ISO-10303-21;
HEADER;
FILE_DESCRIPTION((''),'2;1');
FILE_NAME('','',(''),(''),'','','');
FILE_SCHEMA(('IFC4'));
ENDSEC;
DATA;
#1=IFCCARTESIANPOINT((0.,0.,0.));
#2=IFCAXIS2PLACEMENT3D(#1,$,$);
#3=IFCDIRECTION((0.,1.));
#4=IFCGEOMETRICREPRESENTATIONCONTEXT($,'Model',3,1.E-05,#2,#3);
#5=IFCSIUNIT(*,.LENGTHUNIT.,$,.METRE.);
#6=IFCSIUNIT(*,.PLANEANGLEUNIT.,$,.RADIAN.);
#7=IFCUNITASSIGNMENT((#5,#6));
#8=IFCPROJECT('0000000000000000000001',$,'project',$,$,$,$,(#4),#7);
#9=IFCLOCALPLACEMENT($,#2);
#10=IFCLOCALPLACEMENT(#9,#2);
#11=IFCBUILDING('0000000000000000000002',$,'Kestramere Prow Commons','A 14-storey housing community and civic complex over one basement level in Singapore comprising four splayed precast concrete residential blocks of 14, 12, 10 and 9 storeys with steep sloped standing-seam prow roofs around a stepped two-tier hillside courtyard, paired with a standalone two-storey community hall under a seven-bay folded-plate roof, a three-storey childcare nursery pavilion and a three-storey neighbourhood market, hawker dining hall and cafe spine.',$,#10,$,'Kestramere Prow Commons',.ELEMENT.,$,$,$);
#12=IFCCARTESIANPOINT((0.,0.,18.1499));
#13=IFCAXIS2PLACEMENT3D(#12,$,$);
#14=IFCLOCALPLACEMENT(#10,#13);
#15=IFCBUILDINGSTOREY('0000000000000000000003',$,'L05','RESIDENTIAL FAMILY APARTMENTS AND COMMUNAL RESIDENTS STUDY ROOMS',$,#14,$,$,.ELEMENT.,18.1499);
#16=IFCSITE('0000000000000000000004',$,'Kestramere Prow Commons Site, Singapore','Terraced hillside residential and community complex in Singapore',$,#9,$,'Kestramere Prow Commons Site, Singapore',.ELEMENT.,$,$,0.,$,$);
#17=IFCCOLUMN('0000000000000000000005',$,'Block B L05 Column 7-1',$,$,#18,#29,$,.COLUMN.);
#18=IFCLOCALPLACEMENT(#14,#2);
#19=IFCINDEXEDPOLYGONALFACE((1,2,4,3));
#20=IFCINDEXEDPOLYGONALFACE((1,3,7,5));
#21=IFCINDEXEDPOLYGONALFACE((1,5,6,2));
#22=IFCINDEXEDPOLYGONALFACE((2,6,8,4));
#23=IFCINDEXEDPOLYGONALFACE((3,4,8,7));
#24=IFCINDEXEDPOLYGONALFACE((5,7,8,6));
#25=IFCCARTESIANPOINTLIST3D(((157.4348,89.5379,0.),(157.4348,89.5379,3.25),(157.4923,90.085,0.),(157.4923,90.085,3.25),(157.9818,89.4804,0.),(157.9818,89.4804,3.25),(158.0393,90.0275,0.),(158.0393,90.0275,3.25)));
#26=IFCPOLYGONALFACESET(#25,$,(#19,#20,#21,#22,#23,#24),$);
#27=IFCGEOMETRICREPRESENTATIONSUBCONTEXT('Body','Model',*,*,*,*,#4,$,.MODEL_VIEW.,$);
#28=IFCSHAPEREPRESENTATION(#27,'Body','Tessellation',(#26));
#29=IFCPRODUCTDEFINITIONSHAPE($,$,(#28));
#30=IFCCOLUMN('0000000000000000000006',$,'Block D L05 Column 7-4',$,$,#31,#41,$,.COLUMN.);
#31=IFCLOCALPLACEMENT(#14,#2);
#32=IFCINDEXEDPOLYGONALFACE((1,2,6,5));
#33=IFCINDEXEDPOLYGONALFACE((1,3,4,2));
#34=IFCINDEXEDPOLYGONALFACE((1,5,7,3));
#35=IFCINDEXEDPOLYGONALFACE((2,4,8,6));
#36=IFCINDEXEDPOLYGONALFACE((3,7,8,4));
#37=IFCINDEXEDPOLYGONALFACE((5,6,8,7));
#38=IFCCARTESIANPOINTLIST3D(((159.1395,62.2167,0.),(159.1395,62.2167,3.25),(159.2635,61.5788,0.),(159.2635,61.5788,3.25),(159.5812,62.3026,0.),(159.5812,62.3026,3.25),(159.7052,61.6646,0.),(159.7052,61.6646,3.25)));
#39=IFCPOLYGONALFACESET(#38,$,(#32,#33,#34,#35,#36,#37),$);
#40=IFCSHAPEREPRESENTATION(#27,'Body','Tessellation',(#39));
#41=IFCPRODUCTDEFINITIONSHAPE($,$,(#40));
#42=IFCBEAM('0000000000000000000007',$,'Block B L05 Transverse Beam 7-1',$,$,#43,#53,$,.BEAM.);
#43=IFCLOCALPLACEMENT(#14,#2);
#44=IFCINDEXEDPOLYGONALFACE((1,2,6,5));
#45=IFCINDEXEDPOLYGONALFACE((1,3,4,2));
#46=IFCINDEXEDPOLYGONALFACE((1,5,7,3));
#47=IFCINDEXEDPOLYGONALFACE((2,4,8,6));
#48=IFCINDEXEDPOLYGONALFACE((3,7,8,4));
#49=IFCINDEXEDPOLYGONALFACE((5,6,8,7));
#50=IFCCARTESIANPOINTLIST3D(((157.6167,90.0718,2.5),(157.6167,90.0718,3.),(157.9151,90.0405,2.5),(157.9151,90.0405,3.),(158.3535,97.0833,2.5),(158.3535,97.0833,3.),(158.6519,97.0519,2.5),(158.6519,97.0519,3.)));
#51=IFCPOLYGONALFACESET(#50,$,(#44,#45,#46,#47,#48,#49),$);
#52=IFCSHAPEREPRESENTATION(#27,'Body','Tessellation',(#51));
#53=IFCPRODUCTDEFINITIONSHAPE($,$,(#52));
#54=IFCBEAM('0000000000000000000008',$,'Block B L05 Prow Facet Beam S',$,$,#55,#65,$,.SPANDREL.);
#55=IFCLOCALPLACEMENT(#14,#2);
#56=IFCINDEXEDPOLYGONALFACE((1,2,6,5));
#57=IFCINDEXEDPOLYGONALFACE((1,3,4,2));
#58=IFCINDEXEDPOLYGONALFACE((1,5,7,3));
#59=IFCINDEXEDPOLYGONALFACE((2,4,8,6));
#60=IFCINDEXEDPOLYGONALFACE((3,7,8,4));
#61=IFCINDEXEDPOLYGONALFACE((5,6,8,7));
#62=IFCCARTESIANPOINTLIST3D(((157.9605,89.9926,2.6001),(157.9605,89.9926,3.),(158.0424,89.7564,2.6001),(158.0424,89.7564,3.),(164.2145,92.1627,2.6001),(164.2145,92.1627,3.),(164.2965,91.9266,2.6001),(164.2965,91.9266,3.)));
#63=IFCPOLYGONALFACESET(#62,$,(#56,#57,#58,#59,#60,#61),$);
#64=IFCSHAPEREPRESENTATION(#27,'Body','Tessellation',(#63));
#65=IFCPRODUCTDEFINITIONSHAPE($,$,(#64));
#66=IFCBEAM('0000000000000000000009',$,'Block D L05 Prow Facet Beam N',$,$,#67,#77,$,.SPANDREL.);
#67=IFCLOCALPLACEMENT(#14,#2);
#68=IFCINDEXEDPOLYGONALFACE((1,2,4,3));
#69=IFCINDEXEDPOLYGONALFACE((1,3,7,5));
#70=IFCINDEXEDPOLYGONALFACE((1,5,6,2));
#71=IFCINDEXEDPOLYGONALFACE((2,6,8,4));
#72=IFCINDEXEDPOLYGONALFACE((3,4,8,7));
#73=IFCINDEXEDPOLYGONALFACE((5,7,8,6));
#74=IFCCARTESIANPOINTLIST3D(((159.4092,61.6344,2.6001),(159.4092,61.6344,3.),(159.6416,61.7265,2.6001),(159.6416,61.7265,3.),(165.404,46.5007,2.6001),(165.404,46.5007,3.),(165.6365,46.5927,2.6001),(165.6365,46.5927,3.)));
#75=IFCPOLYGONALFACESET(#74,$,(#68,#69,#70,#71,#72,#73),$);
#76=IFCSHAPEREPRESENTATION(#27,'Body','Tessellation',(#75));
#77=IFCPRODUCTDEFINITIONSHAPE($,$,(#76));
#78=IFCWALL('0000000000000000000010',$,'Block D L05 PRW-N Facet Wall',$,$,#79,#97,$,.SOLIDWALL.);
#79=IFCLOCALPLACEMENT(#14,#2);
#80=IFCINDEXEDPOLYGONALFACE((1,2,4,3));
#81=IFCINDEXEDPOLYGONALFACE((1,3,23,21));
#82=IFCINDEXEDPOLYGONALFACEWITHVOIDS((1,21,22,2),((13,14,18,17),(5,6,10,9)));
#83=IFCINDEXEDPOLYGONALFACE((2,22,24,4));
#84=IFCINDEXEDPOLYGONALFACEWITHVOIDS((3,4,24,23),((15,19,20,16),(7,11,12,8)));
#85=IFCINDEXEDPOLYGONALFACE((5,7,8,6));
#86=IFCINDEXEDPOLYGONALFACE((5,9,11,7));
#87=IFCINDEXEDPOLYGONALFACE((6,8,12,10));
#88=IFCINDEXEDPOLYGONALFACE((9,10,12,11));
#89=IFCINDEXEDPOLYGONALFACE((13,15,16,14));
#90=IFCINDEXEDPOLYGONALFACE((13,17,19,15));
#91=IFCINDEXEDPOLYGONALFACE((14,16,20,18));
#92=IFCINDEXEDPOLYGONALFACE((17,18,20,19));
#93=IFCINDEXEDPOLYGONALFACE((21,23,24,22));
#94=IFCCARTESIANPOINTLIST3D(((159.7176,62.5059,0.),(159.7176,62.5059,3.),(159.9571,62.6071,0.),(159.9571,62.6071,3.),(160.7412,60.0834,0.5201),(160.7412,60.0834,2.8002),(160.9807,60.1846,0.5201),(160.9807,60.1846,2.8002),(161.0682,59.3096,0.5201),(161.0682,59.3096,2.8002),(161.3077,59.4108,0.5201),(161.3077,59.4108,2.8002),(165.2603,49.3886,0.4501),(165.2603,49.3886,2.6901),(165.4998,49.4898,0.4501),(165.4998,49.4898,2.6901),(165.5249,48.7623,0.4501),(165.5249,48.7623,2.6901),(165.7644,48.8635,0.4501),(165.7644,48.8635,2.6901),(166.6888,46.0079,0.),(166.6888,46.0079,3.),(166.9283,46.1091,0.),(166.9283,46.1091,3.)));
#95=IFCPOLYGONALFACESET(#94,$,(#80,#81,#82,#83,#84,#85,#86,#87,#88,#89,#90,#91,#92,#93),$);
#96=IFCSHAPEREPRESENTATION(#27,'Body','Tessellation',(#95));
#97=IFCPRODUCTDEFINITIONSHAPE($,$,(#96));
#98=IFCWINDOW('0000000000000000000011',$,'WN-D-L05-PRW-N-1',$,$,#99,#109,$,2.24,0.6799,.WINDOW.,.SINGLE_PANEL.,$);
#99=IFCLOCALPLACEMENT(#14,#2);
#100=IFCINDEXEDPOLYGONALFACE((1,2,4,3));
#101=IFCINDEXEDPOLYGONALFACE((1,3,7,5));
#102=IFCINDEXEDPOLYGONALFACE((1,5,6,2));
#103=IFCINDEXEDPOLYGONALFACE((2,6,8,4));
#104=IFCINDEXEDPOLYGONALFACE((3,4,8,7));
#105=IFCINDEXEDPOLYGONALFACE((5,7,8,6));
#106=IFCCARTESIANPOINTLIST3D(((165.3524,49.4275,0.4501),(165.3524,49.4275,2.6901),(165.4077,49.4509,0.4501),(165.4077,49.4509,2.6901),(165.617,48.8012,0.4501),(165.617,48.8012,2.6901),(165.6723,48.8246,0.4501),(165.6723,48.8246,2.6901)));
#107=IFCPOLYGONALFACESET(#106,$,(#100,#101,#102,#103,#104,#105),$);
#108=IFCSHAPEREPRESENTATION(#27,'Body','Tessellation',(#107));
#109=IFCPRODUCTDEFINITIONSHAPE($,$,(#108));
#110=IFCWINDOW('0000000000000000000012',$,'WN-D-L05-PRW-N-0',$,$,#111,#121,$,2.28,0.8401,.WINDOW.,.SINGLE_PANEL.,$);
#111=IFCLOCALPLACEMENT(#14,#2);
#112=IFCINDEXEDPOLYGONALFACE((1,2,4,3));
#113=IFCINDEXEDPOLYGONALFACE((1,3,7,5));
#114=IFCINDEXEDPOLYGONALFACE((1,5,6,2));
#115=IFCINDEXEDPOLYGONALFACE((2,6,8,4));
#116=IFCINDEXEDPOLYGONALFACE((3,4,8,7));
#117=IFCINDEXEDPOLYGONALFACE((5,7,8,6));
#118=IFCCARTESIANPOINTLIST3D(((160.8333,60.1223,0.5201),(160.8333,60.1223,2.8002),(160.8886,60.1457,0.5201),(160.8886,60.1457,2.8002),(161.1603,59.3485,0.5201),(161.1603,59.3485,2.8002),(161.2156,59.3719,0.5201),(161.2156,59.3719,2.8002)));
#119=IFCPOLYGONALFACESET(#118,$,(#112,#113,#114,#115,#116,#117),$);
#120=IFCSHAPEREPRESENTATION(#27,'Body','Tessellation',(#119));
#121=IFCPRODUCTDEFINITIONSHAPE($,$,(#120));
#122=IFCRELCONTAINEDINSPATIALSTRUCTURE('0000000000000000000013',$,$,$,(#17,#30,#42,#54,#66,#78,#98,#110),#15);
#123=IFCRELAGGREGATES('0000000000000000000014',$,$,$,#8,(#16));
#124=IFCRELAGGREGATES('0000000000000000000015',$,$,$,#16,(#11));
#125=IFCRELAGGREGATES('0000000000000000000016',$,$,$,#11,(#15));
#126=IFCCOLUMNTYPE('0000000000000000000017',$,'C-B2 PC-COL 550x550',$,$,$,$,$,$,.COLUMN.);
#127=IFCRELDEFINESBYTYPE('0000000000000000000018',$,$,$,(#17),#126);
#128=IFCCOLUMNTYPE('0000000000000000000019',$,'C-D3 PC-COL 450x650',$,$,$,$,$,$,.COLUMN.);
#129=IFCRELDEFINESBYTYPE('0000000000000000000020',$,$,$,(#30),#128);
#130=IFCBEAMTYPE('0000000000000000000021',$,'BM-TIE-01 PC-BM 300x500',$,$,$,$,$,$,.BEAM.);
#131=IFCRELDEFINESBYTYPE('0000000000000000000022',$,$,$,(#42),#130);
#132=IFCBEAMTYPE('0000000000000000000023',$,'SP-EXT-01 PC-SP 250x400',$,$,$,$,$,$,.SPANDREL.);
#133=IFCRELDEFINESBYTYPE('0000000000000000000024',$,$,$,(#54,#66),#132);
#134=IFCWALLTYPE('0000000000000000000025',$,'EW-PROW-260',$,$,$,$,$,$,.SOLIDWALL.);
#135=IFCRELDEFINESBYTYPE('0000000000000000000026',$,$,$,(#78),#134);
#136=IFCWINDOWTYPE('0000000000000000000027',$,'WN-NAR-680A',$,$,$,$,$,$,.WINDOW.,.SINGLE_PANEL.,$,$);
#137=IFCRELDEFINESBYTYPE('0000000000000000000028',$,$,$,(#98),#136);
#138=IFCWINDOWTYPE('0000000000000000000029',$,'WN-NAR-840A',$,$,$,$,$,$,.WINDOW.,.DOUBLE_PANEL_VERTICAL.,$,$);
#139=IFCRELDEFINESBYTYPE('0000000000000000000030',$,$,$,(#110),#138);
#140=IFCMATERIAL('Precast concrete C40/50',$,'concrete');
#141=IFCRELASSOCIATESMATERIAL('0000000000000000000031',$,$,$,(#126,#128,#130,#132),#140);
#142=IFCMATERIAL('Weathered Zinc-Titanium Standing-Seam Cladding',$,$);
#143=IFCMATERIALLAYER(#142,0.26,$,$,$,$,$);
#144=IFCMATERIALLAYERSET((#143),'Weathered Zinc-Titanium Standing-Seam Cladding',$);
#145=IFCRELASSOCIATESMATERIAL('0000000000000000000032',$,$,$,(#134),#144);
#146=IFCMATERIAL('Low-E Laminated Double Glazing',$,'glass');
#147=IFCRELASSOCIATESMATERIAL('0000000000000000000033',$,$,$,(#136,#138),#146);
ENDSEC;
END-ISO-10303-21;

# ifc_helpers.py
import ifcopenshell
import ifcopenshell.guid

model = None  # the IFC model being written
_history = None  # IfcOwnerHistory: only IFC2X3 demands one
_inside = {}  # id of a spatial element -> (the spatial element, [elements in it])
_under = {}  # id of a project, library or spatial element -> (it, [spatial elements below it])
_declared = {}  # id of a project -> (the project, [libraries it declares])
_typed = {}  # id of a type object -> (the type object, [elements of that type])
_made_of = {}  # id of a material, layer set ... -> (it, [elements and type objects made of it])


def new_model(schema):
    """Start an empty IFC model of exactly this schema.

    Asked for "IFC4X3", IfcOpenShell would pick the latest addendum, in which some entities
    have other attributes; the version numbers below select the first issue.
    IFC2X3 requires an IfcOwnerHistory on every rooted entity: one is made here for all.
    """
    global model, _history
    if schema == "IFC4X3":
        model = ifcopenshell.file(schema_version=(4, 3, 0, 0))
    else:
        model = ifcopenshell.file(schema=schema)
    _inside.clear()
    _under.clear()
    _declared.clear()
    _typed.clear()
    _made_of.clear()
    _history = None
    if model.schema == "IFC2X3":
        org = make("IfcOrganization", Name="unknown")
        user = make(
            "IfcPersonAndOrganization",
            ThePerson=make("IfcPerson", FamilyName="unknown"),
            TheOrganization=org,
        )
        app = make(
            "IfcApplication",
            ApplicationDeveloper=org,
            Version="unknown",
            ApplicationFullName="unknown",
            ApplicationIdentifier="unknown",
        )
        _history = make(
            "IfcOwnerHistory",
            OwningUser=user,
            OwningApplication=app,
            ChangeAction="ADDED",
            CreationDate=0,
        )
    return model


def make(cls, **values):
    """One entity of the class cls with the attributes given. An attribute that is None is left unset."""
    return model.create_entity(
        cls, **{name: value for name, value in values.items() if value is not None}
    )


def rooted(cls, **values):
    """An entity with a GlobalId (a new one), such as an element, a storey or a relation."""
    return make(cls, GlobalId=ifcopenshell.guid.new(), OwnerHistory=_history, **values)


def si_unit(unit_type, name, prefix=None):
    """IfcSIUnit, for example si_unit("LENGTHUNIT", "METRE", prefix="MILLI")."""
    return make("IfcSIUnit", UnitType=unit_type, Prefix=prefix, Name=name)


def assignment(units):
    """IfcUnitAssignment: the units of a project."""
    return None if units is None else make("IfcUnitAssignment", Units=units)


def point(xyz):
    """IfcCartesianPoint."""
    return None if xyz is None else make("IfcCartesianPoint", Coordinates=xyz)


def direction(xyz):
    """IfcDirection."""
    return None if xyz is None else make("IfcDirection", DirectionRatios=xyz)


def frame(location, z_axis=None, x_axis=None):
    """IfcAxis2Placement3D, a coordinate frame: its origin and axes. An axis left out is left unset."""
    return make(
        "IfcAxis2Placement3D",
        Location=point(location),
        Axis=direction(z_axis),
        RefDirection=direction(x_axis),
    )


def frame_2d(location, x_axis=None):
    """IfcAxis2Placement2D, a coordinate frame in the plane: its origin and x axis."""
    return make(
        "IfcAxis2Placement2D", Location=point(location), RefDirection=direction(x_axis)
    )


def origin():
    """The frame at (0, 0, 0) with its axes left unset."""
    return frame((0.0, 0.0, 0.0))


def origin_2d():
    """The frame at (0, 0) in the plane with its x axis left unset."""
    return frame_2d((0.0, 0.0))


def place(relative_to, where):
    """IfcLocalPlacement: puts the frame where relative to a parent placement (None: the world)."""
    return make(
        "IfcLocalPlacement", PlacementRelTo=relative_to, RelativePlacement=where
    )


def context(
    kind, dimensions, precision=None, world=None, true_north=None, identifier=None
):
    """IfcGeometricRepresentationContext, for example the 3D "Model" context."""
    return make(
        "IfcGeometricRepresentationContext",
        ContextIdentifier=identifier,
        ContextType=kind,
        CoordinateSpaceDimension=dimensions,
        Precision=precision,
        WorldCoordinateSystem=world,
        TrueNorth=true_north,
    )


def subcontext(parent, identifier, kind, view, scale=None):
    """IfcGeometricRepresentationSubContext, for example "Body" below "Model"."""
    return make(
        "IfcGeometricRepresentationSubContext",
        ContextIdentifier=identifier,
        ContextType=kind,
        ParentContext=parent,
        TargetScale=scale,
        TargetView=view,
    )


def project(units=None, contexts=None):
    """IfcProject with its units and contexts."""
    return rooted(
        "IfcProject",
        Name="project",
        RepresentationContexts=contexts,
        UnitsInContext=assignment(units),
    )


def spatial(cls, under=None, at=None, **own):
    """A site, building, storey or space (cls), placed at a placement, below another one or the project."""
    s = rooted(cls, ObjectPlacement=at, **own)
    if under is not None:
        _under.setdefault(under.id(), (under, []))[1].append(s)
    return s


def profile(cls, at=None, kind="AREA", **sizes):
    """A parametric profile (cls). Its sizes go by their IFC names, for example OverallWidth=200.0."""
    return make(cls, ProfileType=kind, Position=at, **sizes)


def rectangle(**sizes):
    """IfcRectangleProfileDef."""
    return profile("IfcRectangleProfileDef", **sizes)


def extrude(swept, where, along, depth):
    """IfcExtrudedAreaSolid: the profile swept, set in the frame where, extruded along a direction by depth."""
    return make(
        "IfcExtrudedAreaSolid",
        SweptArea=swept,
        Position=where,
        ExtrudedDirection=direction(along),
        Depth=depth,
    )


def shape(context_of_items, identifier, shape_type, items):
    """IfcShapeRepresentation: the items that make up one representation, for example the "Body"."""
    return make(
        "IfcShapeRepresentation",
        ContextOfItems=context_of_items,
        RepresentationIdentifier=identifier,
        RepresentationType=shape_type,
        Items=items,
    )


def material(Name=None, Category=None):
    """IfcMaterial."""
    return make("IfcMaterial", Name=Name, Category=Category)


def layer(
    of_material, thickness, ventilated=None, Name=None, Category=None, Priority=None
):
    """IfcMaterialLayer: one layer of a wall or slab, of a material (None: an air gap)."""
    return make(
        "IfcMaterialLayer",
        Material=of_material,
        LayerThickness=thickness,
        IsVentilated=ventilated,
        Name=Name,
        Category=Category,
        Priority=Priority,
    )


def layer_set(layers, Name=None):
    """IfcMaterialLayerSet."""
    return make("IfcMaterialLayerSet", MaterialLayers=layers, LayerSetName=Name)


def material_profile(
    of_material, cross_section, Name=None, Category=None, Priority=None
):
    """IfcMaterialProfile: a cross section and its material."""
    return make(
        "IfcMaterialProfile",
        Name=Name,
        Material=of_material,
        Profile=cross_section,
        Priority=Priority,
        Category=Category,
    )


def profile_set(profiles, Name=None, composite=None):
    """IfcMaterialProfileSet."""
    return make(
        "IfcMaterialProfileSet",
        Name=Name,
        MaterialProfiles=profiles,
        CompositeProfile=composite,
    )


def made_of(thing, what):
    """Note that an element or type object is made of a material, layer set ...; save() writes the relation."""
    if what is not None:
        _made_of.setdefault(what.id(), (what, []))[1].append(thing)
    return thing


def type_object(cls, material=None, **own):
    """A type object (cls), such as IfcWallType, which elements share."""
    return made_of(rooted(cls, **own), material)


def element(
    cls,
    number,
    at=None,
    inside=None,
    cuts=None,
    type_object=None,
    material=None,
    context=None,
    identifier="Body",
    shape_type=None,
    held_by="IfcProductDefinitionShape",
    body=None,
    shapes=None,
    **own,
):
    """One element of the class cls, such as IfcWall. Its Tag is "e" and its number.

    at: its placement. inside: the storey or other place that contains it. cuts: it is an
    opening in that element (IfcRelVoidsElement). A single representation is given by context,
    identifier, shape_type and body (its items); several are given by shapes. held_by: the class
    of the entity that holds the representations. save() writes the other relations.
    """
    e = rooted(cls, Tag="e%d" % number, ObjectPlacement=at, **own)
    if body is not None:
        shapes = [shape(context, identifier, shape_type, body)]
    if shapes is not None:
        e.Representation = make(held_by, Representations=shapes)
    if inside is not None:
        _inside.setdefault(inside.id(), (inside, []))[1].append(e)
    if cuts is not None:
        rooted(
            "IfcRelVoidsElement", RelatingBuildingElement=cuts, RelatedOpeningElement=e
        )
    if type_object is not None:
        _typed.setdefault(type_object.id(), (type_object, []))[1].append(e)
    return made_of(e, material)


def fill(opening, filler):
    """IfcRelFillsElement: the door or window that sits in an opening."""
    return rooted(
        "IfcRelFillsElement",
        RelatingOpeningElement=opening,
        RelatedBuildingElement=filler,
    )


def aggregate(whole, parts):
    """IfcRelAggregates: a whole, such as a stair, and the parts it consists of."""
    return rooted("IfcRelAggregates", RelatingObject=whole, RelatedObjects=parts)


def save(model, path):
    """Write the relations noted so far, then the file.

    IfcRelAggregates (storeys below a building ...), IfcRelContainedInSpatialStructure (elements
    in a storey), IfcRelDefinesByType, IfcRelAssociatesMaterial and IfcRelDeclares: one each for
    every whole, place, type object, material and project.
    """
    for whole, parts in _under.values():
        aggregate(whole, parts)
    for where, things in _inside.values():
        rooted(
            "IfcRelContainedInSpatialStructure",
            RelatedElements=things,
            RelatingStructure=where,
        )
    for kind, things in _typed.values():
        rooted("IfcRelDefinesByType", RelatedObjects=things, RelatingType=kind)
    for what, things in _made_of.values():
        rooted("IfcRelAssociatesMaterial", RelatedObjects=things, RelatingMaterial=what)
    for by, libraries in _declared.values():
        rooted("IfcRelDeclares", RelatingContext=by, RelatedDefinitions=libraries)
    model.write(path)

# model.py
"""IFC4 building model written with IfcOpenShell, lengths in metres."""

from ifc_helpers import new_model, si_unit, direction, frame, frame_2d, origin, origin_2d, place, context, subcontext, project, spatial, rectangle, extrude, material, layer, layer_set, material_profile, profile_set, type_object, element, fill, save


model = new_model("IFC4")

# Units and contexts
model_context = context("Model", 3, precision=1e-05, world=origin(), true_north=direction((0.0, 1.0)))
body_context = subcontext(model_context, "Body", "Model", "MODEL_VIEW")
ifc_project = project(units=[si_unit("LENGTHUNIT", "METRE"), si_unit("PLANEANGLEUNIT", "RADIAN")], contexts=[model_context])

# Site, building, storey
site_placement = place(None, origin())
site = spatial("IfcSite", under=ifc_project, at=site_placement, Name="Kestramere Prow Commons Site, Singapore", Description="Terraced hillside residential and community complex in Singapore", LongName="Kestramere Prow Commons Site, Singapore", CompositionType="ELEMENT", RefElevation=0.0)
building_placement = place(site_placement, origin())
building = spatial("IfcBuilding", under=site, at=building_placement, Name="Kestramere Prow Commons", Description="A 14-storey housing community and civic complex over one basement level in Singapore comprising four splayed precast concrete residential blocks of 14, 12, 10 and 9 storeys with steep sloped standing-seam prow roofs around a stepped two-tier hillside courtyard, paired with a standalone two-storey community hall under a seven-bay folded-plate roof, a three-storey childcare nursery pavilion and a three-storey neighbourhood market, hawker dining hall and cafe spine.", LongName="Kestramere Prow Commons", CompositionType="ELEMENT")
storey_placement = place(building_placement, frame((0.0, 0.0, 18.1499)))
storey = spatial("IfcBuildingStorey", under=building, at=storey_placement, Name="L05", Description="RESIDENTIAL FAMILY APARTMENTS AND COMMUNAL RESIDENTS STUDY ROOMS", CompositionType="ELEMENT", Elevation=18.1499)

# Columns
ifc_material_1 = material(Name="Precast concrete C40/50", Category="concrete")
ifc_material_profile_1 = material_profile(ifc_material_1, rectangle(XDim=0.55, YDim=0.55, at=origin_2d()), Name="PC-COL 550x550")
ifc_profile_set_1 = profile_set([ifc_material_profile_1], Name="Precast concrete C40/50")
column_type_1 = type_object("IfcColumnType", Name="C-B2 PC-COL 550x550", PredefinedType="COLUMN", material=ifc_profile_set_1)
column_1_placement = place(storey_placement, frame((157.7371, 89.7827, 0.0), z_axis=(0.0, 0.0, 1.0), x_axis=(0.994522, -0.104528, 0.0)))
element("IfcColumn", 1, at=column_1_placement, inside=storey, type_object=column_type_1, Name="Block B L05 Column 7-1", PredefinedType="COLUMN", context=body_context, shape_type="SweptSolid", body=[
    extrude(rectangle(XDim=0.55, YDim=0.55, at=origin_2d()), origin(), (0.0, 0.0, 1.0), 3.25),
])
ifc_material_profile_2 = material_profile(ifc_material_1, rectangle(XDim=0.45, YDim=0.6499, at=origin_2d()), Name="PC-COL 450x650")
ifc_profile_set_2 = profile_set([ifc_material_profile_2], Name="Precast concrete C40/50")
column_type_2 = type_object("IfcColumnType", Name="C-D3 PC-COL 450x650", PredefinedType="COLUMN", material=ifc_profile_set_2)
column_2_placement = place(storey_placement, frame((159.4224, 61.9407, 0.0), z_axis=(0.0, 0.0, 1.0), x_axis=(0.981627, 0.190809, 0.0)))
element("IfcColumn", 2, at=column_2_placement, inside=storey, type_object=column_type_2, Name="Block D L05 Column 7-4", PredefinedType="COLUMN", context=body_context, shape_type="SweptSolid", body=[
    extrude(rectangle(XDim=0.45, YDim=0.6499, at=origin_2d()), origin(), (0.0, 0.0, 1.0), 3.25),
])

# Beams
ifc_material_profile_3 = material_profile(ifc_material_1, rectangle(XDim=0.3, YDim=0.5, at=origin_2d()), Name="PC-BM 300x500")
ifc_profile_set_3 = profile_set([ifc_material_profile_3], Name="Precast concrete C40/50")
beam_type_1 = type_object("IfcBeamType", Name="BM-TIE-01 PC-BM 300x500", PredefinedType="BEAM", material=ifc_profile_set_3)
beam_1_placement = place(storey_placement, frame((157.7659, 90.0562, 2.75), z_axis=(0.104512, 0.994524, 0.0), x_axis=(-0.994524, 0.104512, 0.0)))
element("IfcBeam", 3, at=beam_1_placement, inside=storey, type_object=beam_type_1, Name="Block B L05 Transverse Beam 7-1", PredefinedType="BEAM", context=body_context, shape_type="SweptSolid", body=[
    extrude(rectangle(XDim=0.3, YDim=0.5, at=origin_2d()), origin(), (0.0, 0.0, 1.0), 7.05),
])
ifc_material_profile_4 = material_profile(ifc_material_1, rectangle(XDim=0.25, YDim=0.3999, at=origin_2d()), Name="PC-SP 250x400")
ifc_profile_set_4 = profile_set([ifc_material_profile_4], Name="Precast concrete C40/50")
beam_type_2 = type_object("IfcBeamType", Name="SP-EXT-01 PC-SP 250x400", PredefinedType="SPANDREL", material=ifc_profile_set_4)
beam_2_placement = place(storey_placement, frame((158.0015, 89.8745, 2.8), z_axis=(0.94474, 0.327821, 0.0), x_axis=(-0.327821, 0.94474, 0.0)))
element("IfcBeam", 4, at=beam_2_placement, inside=storey, type_object=beam_type_2, Name="Block B L05 Prow Facet Beam S", PredefinedType="SPANDREL", context=body_context, shape_type="SweptSolid", body=[
    extrude(rectangle(XDim=0.25, YDim=0.3999, at=origin_2d()), origin(), (0.0, 0.0, 1.0), 6.6199),
])
beam_3_placement = place(storey_placement, frame((159.5254, 61.6804, 2.8), z_axis=(0.368283, -0.929714, 0.0), x_axis=(0.929714, 0.368283, 0.0)))
element("IfcBeam", 5, at=beam_3_placement, inside=storey, type_object=beam_type_2, Name="Block D L05 Prow Facet Beam N", PredefinedType="SPANDREL", context=body_context, shape_type="SweptSolid", body=[
    extrude(rectangle(XDim=0.25, YDim=0.3999, at=origin_2d()), origin(), (0.0, 0.0, 1.0), 16.2778),
])

# Wall, openings, windows
ifc_material_2 = material(Name="Weathered Zinc-Titanium Standing-Seam Cladding")
ifc_layer_1 = layer(ifc_material_2, 0.26)
ifc_layer_set_1 = layer_set([ifc_layer_1], Name="Weathered Zinc-Titanium Standing-Seam Cladding")
wall_type_1 = type_object("IfcWallType", Name="EW-PROW-260", PredefinedType="SOLIDWALL", material=ifc_layer_set_1)
wall_1_placement = place(storey_placement, frame((159.8374, 62.5564, 0.0), z_axis=(0.0, 0.0, 1.0), x_axis=(0.389226, -0.921142, 0.0)))
wall_1 = element("IfcWall", 6, at=wall_1_placement, inside=storey, type_object=wall_type_1, Name="Block D L05 PRW-N Facet Wall", PredefinedType="SOLIDWALL", context=body_context, shape_type="SweptSolid", body=[
    extrude(rectangle(XDim=17.9104, YDim=0.26, at=frame_2d((8.9551, 0.0))), origin(), (0.0, 0.0, 1.0), 3.0),
])
opening_1_placement = place(wall_1_placement, frame((2.6299, 0.0, 0.52)))
opening_1 = element("IfcOpeningElement", 7, at=opening_1_placement, cuts=wall_1, PredefinedType="OPENING", context=body_context, shape_type="SweptSolid", body=[
    extrude(rectangle(XDim=0.8401, YDim=2.28, at=frame_2d((0.4199, 1.1401))), frame((0.0, 0.145, 0.0), z_axis=(0.0, -1.0, 0.0), x_axis=(1.0, 0.0, 0.0)), (0.0, 0.0, 1.0), 0.29),
])
opening_2_placement = place(wall_1_placement, frame((14.2402, 0.0, 0.45)))
opening_2 = element("IfcOpeningElement", 8, at=opening_2_placement, cuts=wall_1, PredefinedType="OPENING", context=body_context, shape_type="SweptSolid", body=[
    extrude(rectangle(XDim=0.6799, YDim=2.24, at=frame_2d((0.3398, 1.1201))), frame((0.0, 0.145, 0.0), z_axis=(0.0, -1.0, 0.0), x_axis=(1.0, 0.0, 0.0)), (0.0, 0.0, 1.0), 0.29),
])
ifc_material_3 = material(Name="Low-E Laminated Double Glazing", Category="glass")
window_type_1 = type_object("IfcWindowType", Name="WN-NAR-680A", PartitioningType="SINGLE_PANEL", PredefinedType="WINDOW", material=ifc_material_3)
window_1_placement = place(opening_2_placement, origin())
window_1 = element("IfcWindow", 9, at=window_1_placement, inside=storey, type_object=window_type_1, Name="WN-D-L05-PRW-N-1", OverallHeight=2.24, OverallWidth=0.6799, PartitioningType="SINGLE_PANEL", PredefinedType="WINDOW", context=body_context, shape_type="SweptSolid", body=[
    extrude(rectangle(XDim=0.6799, YDim=2.24, at=frame_2d((0.3398, 1.1201))), frame((0.0, 0.03, 0.0), z_axis=(0.0, -1.0, 0.0), x_axis=(1.0, 0.0, 0.0)), (0.0, 0.0, 1.0), 0.0601),
])
fill(opening_2, window_1)
window_type_2 = type_object("IfcWindowType", Name="WN-NAR-840A", PartitioningType="DOUBLE_PANEL_VERTICAL", PredefinedType="WINDOW", material=ifc_material_3)
window_2_placement = place(opening_1_placement, origin())
window_2 = element("IfcWindow", 10, at=window_2_placement, inside=storey, type_object=window_type_2, Name="WN-D-L05-PRW-N-0", OverallHeight=2.28, OverallWidth=0.8401, PartitioningType="SINGLE_PANEL", PredefinedType="WINDOW", context=body_context, shape_type="SweptSolid", body=[
    extrude(rectangle(XDim=0.8401, YDim=2.28, at=frame_2d((0.4199, 1.1401))), frame((0.0, 0.03, 0.0), z_axis=(0.0, -1.0, 0.0), x_axis=(1.0, 0.0, 0.0)), (0.0, 0.0, 1.0), 0.0601),
])
fill(opening_1, window_2)

save(model, "model.ifc")
